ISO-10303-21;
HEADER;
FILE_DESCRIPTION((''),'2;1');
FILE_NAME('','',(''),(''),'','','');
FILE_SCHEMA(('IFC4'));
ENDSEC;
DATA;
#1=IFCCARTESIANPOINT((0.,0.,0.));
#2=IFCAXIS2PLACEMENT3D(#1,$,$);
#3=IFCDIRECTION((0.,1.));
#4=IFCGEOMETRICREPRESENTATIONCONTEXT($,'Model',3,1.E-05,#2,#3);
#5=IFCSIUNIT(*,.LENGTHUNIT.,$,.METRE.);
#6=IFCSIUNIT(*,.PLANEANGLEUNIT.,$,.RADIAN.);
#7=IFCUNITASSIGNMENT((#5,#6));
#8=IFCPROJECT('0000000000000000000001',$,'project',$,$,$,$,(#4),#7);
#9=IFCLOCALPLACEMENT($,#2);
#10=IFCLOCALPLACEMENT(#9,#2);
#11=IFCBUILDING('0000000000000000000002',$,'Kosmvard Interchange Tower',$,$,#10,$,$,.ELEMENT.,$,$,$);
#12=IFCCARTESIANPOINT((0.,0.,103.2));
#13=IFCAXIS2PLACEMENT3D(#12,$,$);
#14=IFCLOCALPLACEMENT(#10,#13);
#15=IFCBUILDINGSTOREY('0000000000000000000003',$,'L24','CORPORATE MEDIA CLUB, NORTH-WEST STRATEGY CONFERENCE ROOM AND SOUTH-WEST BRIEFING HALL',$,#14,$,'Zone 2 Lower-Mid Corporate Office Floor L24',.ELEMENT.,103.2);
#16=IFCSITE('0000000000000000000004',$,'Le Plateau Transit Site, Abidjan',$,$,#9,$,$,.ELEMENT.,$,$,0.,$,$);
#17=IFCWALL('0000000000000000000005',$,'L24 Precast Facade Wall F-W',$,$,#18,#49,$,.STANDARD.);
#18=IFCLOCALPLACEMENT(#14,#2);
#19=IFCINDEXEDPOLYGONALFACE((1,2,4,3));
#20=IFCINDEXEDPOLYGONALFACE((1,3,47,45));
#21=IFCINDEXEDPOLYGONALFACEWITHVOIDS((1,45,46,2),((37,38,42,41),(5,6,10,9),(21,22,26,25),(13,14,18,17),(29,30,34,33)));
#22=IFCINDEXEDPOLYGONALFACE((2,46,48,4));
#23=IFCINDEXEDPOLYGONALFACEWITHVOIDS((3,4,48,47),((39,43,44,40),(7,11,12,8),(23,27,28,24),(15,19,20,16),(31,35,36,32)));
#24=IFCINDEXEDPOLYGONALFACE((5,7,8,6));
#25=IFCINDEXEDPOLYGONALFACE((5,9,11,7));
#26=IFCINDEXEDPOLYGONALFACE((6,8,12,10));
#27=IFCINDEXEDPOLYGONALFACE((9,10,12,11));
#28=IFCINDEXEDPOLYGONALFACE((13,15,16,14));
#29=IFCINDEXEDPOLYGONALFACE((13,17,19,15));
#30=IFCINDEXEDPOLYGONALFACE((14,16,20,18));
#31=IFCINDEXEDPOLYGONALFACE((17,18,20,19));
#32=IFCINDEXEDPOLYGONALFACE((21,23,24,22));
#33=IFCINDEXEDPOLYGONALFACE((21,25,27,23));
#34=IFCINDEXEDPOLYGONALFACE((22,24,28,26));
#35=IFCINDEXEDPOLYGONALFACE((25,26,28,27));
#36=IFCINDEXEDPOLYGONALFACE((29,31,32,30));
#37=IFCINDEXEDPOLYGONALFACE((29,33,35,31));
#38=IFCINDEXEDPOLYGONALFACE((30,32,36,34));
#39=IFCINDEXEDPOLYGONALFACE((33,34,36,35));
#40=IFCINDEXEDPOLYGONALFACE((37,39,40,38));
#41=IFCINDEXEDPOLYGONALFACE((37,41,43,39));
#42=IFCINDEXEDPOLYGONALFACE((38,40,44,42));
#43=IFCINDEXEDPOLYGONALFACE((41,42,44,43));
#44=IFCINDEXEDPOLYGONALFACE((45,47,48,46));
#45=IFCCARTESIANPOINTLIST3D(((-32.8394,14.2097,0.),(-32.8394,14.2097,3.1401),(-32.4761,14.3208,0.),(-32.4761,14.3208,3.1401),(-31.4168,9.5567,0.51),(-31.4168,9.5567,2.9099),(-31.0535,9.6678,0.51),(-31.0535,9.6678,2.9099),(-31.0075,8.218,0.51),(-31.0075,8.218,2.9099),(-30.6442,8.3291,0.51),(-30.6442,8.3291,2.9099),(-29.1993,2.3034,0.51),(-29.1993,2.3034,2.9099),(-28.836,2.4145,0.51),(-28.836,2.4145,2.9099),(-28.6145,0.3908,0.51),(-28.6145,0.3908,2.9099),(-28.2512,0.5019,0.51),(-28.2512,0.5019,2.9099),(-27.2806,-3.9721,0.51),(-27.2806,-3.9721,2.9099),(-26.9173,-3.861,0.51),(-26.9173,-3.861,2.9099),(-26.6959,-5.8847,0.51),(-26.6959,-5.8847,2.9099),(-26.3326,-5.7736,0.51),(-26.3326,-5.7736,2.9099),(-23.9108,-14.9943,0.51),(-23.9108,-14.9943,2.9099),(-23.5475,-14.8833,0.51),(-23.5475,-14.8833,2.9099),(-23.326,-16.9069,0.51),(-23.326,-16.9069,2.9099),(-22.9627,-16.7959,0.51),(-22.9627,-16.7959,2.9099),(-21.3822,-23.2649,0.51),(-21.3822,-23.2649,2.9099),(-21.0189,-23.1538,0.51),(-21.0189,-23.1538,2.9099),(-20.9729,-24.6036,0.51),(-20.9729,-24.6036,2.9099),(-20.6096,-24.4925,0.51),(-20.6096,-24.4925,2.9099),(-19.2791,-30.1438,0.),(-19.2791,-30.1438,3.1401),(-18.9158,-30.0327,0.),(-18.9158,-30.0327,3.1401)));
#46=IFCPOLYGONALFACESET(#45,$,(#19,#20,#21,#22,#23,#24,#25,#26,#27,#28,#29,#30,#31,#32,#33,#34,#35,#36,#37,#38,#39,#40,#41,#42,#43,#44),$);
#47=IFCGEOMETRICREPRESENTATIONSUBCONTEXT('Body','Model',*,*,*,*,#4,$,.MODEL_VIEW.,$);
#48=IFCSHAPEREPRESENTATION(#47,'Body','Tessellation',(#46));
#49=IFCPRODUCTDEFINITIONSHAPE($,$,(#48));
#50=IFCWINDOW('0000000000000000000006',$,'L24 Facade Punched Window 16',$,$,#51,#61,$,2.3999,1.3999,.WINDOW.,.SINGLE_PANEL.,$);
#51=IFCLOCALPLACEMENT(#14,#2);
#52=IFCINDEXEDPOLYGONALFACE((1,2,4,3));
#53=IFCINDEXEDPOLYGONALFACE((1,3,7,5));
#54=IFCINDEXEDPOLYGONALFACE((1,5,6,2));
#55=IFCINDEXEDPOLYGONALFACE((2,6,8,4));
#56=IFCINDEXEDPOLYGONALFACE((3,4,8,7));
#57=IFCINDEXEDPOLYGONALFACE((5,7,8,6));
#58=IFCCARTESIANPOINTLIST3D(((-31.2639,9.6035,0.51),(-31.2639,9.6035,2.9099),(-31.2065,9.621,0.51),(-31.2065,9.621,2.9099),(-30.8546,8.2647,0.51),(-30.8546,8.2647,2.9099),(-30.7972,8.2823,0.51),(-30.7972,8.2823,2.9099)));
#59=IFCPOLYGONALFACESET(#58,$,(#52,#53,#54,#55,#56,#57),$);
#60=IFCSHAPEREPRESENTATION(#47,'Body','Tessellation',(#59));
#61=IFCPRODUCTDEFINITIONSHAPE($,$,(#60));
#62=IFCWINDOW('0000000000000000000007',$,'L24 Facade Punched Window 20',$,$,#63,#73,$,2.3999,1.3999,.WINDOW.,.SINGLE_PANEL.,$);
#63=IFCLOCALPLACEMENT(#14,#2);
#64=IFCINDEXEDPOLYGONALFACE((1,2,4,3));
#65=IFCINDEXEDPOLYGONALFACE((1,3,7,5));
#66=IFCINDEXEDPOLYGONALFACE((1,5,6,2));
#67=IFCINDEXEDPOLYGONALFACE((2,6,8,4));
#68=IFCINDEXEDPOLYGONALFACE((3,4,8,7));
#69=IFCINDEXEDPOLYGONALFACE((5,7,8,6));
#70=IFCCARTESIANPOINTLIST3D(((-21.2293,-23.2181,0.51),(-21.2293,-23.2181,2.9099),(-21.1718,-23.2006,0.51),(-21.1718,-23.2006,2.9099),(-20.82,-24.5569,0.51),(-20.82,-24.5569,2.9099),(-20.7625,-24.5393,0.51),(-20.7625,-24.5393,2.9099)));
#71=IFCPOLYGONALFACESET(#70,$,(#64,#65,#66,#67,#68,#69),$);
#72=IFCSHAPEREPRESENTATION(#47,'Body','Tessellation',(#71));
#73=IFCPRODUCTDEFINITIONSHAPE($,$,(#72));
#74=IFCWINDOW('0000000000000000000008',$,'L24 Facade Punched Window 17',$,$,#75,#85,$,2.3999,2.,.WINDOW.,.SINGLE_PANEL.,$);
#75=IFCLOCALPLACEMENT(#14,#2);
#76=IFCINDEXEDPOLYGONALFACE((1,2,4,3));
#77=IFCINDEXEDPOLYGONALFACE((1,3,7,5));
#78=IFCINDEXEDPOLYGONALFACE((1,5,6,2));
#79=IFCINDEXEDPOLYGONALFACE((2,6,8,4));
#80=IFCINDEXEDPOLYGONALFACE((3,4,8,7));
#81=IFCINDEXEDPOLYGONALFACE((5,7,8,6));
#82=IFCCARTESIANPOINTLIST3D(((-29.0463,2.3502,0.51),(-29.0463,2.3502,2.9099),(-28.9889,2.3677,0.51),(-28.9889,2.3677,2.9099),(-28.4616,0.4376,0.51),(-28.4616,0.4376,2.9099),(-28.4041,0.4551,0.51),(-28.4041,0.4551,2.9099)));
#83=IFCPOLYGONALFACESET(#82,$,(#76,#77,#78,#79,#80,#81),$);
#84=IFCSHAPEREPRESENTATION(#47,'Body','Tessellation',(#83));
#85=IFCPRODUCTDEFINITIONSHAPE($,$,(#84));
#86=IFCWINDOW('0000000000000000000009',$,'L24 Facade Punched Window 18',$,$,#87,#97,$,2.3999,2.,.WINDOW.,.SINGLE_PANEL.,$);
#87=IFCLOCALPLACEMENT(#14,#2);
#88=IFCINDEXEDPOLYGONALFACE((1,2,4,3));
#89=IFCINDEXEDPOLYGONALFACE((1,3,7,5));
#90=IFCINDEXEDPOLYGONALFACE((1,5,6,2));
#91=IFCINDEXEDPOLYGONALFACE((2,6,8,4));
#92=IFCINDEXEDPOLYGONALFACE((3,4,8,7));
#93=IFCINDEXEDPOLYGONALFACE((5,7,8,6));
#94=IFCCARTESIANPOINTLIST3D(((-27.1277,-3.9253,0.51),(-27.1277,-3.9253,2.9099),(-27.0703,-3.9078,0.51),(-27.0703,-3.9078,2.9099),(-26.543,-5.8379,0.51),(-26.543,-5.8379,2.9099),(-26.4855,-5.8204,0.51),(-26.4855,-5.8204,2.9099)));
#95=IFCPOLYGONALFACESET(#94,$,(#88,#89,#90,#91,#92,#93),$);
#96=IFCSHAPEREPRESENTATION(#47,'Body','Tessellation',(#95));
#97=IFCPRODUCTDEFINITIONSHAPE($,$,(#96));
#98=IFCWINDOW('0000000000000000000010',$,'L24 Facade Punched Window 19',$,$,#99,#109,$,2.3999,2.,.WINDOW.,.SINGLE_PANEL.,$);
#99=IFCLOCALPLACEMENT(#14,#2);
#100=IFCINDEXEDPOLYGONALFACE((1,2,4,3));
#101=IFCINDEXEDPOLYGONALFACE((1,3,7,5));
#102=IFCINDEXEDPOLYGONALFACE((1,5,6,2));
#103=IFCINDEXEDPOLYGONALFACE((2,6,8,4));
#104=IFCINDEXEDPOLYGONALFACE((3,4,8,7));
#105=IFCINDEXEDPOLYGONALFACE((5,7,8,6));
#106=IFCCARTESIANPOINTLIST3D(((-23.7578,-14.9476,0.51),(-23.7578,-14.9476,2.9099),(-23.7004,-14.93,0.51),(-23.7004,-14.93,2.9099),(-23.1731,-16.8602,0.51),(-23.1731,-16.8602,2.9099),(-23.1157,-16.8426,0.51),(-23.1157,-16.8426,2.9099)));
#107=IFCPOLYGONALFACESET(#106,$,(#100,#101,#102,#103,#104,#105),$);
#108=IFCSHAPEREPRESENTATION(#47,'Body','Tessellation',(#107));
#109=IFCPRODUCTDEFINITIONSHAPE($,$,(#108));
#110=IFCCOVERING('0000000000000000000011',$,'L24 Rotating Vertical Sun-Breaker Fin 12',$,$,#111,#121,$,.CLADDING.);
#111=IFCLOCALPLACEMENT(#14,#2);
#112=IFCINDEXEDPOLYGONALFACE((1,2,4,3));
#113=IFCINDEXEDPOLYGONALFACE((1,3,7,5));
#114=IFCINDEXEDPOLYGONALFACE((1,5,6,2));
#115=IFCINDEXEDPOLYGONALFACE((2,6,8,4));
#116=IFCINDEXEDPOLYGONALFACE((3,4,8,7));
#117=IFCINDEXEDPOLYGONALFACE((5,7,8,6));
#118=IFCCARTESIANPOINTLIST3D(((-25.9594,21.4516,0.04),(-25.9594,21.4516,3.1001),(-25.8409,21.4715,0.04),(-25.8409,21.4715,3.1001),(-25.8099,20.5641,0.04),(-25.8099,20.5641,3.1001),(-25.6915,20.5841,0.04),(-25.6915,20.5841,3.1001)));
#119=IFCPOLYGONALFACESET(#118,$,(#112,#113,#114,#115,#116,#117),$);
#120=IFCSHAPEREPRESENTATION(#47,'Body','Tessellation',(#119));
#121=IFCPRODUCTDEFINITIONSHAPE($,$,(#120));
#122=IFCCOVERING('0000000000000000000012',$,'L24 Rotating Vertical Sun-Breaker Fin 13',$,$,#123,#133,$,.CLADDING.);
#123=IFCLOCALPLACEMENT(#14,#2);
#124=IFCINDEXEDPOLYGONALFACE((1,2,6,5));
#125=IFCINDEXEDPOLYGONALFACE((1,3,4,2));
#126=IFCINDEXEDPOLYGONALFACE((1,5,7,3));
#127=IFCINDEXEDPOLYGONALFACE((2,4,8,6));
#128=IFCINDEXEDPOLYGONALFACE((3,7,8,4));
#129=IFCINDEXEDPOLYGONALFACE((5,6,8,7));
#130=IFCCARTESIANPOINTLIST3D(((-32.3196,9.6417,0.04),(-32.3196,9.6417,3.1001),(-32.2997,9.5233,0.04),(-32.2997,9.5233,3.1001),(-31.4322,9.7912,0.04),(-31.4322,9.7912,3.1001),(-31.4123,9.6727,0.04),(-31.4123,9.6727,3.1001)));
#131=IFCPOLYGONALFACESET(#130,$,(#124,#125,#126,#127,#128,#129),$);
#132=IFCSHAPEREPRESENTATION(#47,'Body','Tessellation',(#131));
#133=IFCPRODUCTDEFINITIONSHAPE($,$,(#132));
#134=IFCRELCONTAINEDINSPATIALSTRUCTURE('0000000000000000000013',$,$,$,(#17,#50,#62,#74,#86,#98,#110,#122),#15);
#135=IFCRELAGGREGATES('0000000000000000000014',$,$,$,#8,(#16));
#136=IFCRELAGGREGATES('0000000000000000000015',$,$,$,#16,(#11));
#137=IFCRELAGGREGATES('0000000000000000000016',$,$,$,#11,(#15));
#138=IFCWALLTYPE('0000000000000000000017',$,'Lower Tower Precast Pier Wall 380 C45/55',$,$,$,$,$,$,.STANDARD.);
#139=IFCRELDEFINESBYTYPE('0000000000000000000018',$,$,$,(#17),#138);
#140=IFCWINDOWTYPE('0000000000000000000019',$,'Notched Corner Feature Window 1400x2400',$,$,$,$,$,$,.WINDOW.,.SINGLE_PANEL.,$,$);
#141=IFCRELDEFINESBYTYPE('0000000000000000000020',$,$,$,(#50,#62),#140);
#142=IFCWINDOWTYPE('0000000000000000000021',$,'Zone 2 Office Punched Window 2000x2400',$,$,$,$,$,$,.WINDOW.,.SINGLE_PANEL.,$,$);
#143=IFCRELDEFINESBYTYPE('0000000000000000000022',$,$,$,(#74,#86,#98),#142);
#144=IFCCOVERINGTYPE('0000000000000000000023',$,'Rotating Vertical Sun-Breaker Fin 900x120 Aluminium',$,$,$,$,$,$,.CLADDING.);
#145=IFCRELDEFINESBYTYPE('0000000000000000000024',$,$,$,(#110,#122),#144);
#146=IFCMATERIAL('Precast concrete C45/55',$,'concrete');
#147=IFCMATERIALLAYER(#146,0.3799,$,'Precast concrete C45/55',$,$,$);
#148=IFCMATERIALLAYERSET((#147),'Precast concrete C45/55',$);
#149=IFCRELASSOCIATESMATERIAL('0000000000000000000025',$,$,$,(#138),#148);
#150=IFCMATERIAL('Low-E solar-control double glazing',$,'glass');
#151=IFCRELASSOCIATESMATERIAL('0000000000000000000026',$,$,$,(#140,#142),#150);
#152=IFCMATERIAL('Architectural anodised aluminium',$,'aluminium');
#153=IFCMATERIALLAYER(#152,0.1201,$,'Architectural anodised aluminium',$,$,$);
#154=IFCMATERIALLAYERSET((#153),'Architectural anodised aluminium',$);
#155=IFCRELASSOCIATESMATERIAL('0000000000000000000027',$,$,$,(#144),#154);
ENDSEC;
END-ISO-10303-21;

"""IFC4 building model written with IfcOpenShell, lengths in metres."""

from ifc_helpers import new_model, si_unit, direction, frame, frame_2d, origin, origin_2d, place, context, subcontext, project, spatial, rectangle, extrude, source, transform, mapped, material, layer, layer_set, type_object, element, fill, save


model = new_model("IFC4")

# Units and contexts
model_context = context("Model", 3, precision=1e-05, world=origin(), true_north=direction((0.0, 1.0)))
body_context = subcontext(model_context, "Body", "Model", "MODEL_VIEW")
ifc_project = project(units=[si_unit("LENGTHUNIT", "METRE"), si_unit("PLANEANGLEUNIT", "RADIAN")], contexts=[model_context])

# Site, building, storey
site_placement = place(None, origin())
site = spatial("IfcSite", under=ifc_project, at=site_placement, Name="Le Plateau Transit Site, Abidjan", CompositionType="ELEMENT", RefElevation=0.0)
building_placement = place(site_placement, origin())
building = spatial("IfcBuilding", under=site, at=building_placement, Name="Kosmvard Interchange Tower", CompositionType="ELEMENT")
storey_placement = place(building_placement, frame((0.0, 0.0, 103.2)))
storey = spatial("IfcBuildingStorey", under=building, at=storey_placement, Name="L24", Description="CORPORATE MEDIA CLUB, NORTH-WEST STRATEGY CONFERENCE ROOM AND SOUTH-WEST BRIEFING HALL", LongName="Zone 2 Lower-Mid Corporate Office Floor L24", CompositionType="ELEMENT", Elevation=103.2)

# Shared definitions
ifc_material_1 = material(Name="Precast concrete C45/55", Category="concrete")

# Shared definitions
ifc_layer_1 = layer(ifc_material_1, 0.3799, Name="Precast concrete C45/55")
ifc_layer_set_1 = layer_set([ifc_layer_1], Name="Precast concrete C45/55")
wall_type = type_object("IfcWallType", Name="Lower Tower Precast Pier Wall 380 C45/55", PredefinedType="STANDARD", material=ifc_layer_set_1)

# Shared definitions
ifc_material_2 = material(Name="Low-E solar-control double glazing", Category="glass")
window_type_1 = type_object("IfcWindowType", Name="Notched Corner Feature Window 1400x2400", PartitioningType="SINGLE_PANEL", PredefinedType="WINDOW", material=ifc_material_2)
shared_shape_1 = source(origin(), body_context, "Body", "SweptSolid", [
    extrude(rectangle(XDim=1.3999, YDim=2.3999, at=frame_2d((0.7, 1.2))), frame((0.0, 0.03, 0.0), z_axis=(0.0, -1.0, 0.0), x_axis=(1.0, 0.0, 0.0)), (0.0, 0.0, 1.0), 0.0601),
])

# Wall, openings, windows
wall_1_placement = place(storey_placement, frame((-32.6577, 14.2651, 0.0), z_axis=(0.0, 0.0, 1.0), x_axis=(0.292373, -0.956304, 0.0)))
wall_1 = element("IfcWall", 1, at=wall_1_placement, inside=storey, type_object=wall_type, Name="L24 Precast Facade Wall F-W", PredefinedType="STANDARD", context=body_context, shape_type="SweptSolid", body=[
    extrude(rectangle(XDim=46.3801, YDim=0.3799, at=frame_2d((23.1899, 0.0))), origin(), (0.0, 0.0, 1.0), 3.1401),
])
opening_1_placement = place(wall_1_placement, frame((4.8655, 0.0, 0.51)))
opening_1 = element("IfcOpeningElement", 2, at=opening_1_placement, cuts=wall_1, PredefinedType="OPENING", context=body_context, shape_type="SweptSolid", body=[
    extrude(rectangle(XDim=1.3999, YDim=2.3999, at=frame_2d((0.7, 1.2))), frame((0.0, 0.2, 0.0), z_axis=(0.0, -1.0, 0.0), x_axis=(1.0, 0.0, 0.0)), (0.0, 0.0, 1.0), 0.3999),
])
opening_2_placement = place(wall_1_placement, frame((12.4502, 0.0, 0.51)))
opening_2 = element("IfcOpeningElement", 3, at=opening_2_placement, cuts=wall_1, PredefinedType="OPENING", context=body_context, shape_type="SweptSolid", body=[
    extrude(rectangle(XDim=2.0, YDim=2.3999, at=frame_2d((1.0, 1.2))), frame((0.0, 0.2, 0.0), z_axis=(0.0, -1.0, 0.0), x_axis=(1.0, 0.0, 0.0)), (0.0, 0.0, 1.0), 0.3999),
])
opening_3_placement = place(wall_1_placement, frame((19.0125, 0.0, 0.51)))
opening_3 = element("IfcOpeningElement", 4, at=opening_3_placement, cuts=wall_1, PredefinedType="OPENING", context=body_context, shape_type="SweptSolid", body=[
    extrude(rectangle(XDim=2.0, YDim=2.3999, at=frame_2d((1.0, 1.2))), frame((0.0, 0.2, 0.0), z_axis=(0.0, -1.0, 0.0), x_axis=(1.0, 0.0, 0.0)), (0.0, 0.0, 1.0), 0.3999),
])
opening_4_placement = place(wall_1_placement, frame((30.5383, 0.0, 0.51)))
opening_4 = element("IfcOpeningElement", 5, at=opening_4_placement, cuts=wall_1, PredefinedType="OPENING", context=body_context, shape_type="SweptSolid", body=[
    extrude(rectangle(XDim=2.0, YDim=2.3999, at=frame_2d((1.0, 1.2))), frame((0.0, 0.2, 0.0), z_axis=(0.0, -1.0, 0.0), x_axis=(1.0, 0.0, 0.0)), (0.0, 0.0, 1.0), 0.3999),
])
opening_5_placement = place(wall_1_placement, frame((39.1868, 0.0, 0.51)))
opening_5 = element("IfcOpeningElement", 6, at=opening_5_placement, cuts=wall_1, PredefinedType="OPENING", context=body_context, shape_type="SweptSolid", body=[
    extrude(rectangle(XDim=1.3999, YDim=2.3999, at=frame_2d((0.7, 1.2))), frame((0.0, 0.2, 0.0), z_axis=(0.0, -1.0, 0.0), x_axis=(1.0, 0.0, 0.0)), (0.0, 0.0, 1.0), 0.3999),
])
window_1_placement = place(opening_1_placement, origin())
window_1 = element("IfcWindow", 7, at=window_1_placement, inside=storey, type_object=window_type_1, Name="L24 Facade Punched Window 16", OverallHeight=2.3999, OverallWidth=1.3999, PartitioningType="SINGLE_PANEL", PredefinedType="WINDOW", context=body_context, shape_type="MappedRepresentation", body=[
    mapped(shared_shape_1, transform((0.0, 0.0, 0.0), scale=1.0)),
])
fill(opening_1, window_1)
window_2_placement = place(opening_5_placement, origin())
window_2 = element("IfcWindow", 8, at=window_2_placement, inside=storey, type_object=window_type_1, Name="L24 Facade Punched Window 20", OverallHeight=2.3999, OverallWidth=1.3999, PartitioningType="SINGLE_PANEL", PredefinedType="WINDOW", context=body_context, shape_type="MappedRepresentation", body=[
    mapped(shared_shape_1, transform((0.0, 0.0, 0.0), scale=1.0)),
])
fill(opening_5, window_2)
window_type_2 = type_object("IfcWindowType", Name="Zone 2 Office Punched Window 2000x2400", PartitioningType="SINGLE_PANEL", PredefinedType="WINDOW", material=ifc_material_2)
shared_shape_2 = source(origin(), body_context, "Body", "SweptSolid", [
    extrude(rectangle(XDim=2.0, YDim=2.3999, at=frame_2d((1.0, 1.2))), frame((0.0, 0.03, 0.0), z_axis=(0.0, -1.0, 0.0), x_axis=(1.0, 0.0, 0.0)), (0.0, 0.0, 1.0), 0.0601),
])
window_3_placement = place(opening_2_placement, origin())
window_3 = element("IfcWindow", 9, at=window_3_placement, inside=storey, type_object=window_type_2, Name="L24 Facade Punched Window 17", OverallHeight=2.3999, OverallWidth=2.0, PartitioningType="SINGLE_PANEL", PredefinedType="WINDOW", context=body_context, shape_type="MappedRepresentation", body=[
    mapped(shared_shape_2, transform((0.0, 0.0, 0.0), scale=1.0)),
])
fill(opening_2, window_3)
window_4_placement = place(opening_3_placement, origin())
window_4 = element("IfcWindow", 10, at=window_4_placement, inside=storey, type_object=window_type_2, Name="L24 Facade Punched Window 18", OverallHeight=2.3999, OverallWidth=2.0, PartitioningType="SINGLE_PANEL", PredefinedType="WINDOW", context=body_context, shape_type="MappedRepresentation", body=[
    mapped(shared_shape_2, transform((0.0, 0.0, 0.0), scale=1.0)),
])
fill(opening_3, window_4)
window_5_placement = place(opening_4_placement, origin())
window_5 = element("IfcWindow", 11, at=window_5_placement, inside=storey, type_object=window_type_2, Name="L24 Facade Punched Window 19", OverallHeight=2.3999, OverallWidth=2.0, PartitioningType="SINGLE_PANEL", PredefinedType="WINDOW", context=body_context, shape_type="MappedRepresentation", body=[
    mapped(shared_shape_2, transform((0.0, 0.0, 0.0), scale=1.0)),
])
fill(opening_4, window_5)

# Coverings
ifc_material_3 = material(Name="Architectural anodised aluminium", Category="aluminium")
ifc_layer_2 = layer(ifc_material_3, 0.1201, Name="Architectural anodised aluminium")
ifc_layer_set_2 = layer_set([ifc_layer_2], Name="Architectural anodised aluminium")
covering_type = type_object("IfcCoveringType", Name="Rotating Vertical Sun-Breaker Fin 900x120 Aluminium", PredefinedType="CLADDING", material=ifc_layer_set_2)
shared_shape_3 = source(origin(), body_context, "Body", "SweptSolid", [
    extrude(rectangle(XDim=0.8999, YDim=0.1201, at=origin_2d()), origin(), (0.0, 0.0, 1.0), 3.0601),
])
for number, where, z_axis, x_axis, name in (
    (12, (-25.8254, 21.0178, 0.04), (0.0, 0.0, 1.0), (-0.16608, 0.986112, 0.0), "L24 Rotating Vertical Sun-Breaker Fin 12"),
    (13, (-31.866, 9.6572, 0.04), (0.0, 0.0, 1.0), (-0.986112, -0.16608, 0.0), "L24 Rotating Vertical Sun-Breaker Fin 13"),
):
    element("IfcCovering", number, at=place(storey_placement, frame(where, z_axis=z_axis, x_axis=x_axis)), inside=storey, type_object=covering_type, Name=name, PredefinedType="CLADDING", context=body_context, shape_type="MappedRepresentation", body=[
        mapped(shared_shape_3, transform((0.0, 0.0, 0.0), scale=1.0)),
    ])

save(model, "model.ifc")
